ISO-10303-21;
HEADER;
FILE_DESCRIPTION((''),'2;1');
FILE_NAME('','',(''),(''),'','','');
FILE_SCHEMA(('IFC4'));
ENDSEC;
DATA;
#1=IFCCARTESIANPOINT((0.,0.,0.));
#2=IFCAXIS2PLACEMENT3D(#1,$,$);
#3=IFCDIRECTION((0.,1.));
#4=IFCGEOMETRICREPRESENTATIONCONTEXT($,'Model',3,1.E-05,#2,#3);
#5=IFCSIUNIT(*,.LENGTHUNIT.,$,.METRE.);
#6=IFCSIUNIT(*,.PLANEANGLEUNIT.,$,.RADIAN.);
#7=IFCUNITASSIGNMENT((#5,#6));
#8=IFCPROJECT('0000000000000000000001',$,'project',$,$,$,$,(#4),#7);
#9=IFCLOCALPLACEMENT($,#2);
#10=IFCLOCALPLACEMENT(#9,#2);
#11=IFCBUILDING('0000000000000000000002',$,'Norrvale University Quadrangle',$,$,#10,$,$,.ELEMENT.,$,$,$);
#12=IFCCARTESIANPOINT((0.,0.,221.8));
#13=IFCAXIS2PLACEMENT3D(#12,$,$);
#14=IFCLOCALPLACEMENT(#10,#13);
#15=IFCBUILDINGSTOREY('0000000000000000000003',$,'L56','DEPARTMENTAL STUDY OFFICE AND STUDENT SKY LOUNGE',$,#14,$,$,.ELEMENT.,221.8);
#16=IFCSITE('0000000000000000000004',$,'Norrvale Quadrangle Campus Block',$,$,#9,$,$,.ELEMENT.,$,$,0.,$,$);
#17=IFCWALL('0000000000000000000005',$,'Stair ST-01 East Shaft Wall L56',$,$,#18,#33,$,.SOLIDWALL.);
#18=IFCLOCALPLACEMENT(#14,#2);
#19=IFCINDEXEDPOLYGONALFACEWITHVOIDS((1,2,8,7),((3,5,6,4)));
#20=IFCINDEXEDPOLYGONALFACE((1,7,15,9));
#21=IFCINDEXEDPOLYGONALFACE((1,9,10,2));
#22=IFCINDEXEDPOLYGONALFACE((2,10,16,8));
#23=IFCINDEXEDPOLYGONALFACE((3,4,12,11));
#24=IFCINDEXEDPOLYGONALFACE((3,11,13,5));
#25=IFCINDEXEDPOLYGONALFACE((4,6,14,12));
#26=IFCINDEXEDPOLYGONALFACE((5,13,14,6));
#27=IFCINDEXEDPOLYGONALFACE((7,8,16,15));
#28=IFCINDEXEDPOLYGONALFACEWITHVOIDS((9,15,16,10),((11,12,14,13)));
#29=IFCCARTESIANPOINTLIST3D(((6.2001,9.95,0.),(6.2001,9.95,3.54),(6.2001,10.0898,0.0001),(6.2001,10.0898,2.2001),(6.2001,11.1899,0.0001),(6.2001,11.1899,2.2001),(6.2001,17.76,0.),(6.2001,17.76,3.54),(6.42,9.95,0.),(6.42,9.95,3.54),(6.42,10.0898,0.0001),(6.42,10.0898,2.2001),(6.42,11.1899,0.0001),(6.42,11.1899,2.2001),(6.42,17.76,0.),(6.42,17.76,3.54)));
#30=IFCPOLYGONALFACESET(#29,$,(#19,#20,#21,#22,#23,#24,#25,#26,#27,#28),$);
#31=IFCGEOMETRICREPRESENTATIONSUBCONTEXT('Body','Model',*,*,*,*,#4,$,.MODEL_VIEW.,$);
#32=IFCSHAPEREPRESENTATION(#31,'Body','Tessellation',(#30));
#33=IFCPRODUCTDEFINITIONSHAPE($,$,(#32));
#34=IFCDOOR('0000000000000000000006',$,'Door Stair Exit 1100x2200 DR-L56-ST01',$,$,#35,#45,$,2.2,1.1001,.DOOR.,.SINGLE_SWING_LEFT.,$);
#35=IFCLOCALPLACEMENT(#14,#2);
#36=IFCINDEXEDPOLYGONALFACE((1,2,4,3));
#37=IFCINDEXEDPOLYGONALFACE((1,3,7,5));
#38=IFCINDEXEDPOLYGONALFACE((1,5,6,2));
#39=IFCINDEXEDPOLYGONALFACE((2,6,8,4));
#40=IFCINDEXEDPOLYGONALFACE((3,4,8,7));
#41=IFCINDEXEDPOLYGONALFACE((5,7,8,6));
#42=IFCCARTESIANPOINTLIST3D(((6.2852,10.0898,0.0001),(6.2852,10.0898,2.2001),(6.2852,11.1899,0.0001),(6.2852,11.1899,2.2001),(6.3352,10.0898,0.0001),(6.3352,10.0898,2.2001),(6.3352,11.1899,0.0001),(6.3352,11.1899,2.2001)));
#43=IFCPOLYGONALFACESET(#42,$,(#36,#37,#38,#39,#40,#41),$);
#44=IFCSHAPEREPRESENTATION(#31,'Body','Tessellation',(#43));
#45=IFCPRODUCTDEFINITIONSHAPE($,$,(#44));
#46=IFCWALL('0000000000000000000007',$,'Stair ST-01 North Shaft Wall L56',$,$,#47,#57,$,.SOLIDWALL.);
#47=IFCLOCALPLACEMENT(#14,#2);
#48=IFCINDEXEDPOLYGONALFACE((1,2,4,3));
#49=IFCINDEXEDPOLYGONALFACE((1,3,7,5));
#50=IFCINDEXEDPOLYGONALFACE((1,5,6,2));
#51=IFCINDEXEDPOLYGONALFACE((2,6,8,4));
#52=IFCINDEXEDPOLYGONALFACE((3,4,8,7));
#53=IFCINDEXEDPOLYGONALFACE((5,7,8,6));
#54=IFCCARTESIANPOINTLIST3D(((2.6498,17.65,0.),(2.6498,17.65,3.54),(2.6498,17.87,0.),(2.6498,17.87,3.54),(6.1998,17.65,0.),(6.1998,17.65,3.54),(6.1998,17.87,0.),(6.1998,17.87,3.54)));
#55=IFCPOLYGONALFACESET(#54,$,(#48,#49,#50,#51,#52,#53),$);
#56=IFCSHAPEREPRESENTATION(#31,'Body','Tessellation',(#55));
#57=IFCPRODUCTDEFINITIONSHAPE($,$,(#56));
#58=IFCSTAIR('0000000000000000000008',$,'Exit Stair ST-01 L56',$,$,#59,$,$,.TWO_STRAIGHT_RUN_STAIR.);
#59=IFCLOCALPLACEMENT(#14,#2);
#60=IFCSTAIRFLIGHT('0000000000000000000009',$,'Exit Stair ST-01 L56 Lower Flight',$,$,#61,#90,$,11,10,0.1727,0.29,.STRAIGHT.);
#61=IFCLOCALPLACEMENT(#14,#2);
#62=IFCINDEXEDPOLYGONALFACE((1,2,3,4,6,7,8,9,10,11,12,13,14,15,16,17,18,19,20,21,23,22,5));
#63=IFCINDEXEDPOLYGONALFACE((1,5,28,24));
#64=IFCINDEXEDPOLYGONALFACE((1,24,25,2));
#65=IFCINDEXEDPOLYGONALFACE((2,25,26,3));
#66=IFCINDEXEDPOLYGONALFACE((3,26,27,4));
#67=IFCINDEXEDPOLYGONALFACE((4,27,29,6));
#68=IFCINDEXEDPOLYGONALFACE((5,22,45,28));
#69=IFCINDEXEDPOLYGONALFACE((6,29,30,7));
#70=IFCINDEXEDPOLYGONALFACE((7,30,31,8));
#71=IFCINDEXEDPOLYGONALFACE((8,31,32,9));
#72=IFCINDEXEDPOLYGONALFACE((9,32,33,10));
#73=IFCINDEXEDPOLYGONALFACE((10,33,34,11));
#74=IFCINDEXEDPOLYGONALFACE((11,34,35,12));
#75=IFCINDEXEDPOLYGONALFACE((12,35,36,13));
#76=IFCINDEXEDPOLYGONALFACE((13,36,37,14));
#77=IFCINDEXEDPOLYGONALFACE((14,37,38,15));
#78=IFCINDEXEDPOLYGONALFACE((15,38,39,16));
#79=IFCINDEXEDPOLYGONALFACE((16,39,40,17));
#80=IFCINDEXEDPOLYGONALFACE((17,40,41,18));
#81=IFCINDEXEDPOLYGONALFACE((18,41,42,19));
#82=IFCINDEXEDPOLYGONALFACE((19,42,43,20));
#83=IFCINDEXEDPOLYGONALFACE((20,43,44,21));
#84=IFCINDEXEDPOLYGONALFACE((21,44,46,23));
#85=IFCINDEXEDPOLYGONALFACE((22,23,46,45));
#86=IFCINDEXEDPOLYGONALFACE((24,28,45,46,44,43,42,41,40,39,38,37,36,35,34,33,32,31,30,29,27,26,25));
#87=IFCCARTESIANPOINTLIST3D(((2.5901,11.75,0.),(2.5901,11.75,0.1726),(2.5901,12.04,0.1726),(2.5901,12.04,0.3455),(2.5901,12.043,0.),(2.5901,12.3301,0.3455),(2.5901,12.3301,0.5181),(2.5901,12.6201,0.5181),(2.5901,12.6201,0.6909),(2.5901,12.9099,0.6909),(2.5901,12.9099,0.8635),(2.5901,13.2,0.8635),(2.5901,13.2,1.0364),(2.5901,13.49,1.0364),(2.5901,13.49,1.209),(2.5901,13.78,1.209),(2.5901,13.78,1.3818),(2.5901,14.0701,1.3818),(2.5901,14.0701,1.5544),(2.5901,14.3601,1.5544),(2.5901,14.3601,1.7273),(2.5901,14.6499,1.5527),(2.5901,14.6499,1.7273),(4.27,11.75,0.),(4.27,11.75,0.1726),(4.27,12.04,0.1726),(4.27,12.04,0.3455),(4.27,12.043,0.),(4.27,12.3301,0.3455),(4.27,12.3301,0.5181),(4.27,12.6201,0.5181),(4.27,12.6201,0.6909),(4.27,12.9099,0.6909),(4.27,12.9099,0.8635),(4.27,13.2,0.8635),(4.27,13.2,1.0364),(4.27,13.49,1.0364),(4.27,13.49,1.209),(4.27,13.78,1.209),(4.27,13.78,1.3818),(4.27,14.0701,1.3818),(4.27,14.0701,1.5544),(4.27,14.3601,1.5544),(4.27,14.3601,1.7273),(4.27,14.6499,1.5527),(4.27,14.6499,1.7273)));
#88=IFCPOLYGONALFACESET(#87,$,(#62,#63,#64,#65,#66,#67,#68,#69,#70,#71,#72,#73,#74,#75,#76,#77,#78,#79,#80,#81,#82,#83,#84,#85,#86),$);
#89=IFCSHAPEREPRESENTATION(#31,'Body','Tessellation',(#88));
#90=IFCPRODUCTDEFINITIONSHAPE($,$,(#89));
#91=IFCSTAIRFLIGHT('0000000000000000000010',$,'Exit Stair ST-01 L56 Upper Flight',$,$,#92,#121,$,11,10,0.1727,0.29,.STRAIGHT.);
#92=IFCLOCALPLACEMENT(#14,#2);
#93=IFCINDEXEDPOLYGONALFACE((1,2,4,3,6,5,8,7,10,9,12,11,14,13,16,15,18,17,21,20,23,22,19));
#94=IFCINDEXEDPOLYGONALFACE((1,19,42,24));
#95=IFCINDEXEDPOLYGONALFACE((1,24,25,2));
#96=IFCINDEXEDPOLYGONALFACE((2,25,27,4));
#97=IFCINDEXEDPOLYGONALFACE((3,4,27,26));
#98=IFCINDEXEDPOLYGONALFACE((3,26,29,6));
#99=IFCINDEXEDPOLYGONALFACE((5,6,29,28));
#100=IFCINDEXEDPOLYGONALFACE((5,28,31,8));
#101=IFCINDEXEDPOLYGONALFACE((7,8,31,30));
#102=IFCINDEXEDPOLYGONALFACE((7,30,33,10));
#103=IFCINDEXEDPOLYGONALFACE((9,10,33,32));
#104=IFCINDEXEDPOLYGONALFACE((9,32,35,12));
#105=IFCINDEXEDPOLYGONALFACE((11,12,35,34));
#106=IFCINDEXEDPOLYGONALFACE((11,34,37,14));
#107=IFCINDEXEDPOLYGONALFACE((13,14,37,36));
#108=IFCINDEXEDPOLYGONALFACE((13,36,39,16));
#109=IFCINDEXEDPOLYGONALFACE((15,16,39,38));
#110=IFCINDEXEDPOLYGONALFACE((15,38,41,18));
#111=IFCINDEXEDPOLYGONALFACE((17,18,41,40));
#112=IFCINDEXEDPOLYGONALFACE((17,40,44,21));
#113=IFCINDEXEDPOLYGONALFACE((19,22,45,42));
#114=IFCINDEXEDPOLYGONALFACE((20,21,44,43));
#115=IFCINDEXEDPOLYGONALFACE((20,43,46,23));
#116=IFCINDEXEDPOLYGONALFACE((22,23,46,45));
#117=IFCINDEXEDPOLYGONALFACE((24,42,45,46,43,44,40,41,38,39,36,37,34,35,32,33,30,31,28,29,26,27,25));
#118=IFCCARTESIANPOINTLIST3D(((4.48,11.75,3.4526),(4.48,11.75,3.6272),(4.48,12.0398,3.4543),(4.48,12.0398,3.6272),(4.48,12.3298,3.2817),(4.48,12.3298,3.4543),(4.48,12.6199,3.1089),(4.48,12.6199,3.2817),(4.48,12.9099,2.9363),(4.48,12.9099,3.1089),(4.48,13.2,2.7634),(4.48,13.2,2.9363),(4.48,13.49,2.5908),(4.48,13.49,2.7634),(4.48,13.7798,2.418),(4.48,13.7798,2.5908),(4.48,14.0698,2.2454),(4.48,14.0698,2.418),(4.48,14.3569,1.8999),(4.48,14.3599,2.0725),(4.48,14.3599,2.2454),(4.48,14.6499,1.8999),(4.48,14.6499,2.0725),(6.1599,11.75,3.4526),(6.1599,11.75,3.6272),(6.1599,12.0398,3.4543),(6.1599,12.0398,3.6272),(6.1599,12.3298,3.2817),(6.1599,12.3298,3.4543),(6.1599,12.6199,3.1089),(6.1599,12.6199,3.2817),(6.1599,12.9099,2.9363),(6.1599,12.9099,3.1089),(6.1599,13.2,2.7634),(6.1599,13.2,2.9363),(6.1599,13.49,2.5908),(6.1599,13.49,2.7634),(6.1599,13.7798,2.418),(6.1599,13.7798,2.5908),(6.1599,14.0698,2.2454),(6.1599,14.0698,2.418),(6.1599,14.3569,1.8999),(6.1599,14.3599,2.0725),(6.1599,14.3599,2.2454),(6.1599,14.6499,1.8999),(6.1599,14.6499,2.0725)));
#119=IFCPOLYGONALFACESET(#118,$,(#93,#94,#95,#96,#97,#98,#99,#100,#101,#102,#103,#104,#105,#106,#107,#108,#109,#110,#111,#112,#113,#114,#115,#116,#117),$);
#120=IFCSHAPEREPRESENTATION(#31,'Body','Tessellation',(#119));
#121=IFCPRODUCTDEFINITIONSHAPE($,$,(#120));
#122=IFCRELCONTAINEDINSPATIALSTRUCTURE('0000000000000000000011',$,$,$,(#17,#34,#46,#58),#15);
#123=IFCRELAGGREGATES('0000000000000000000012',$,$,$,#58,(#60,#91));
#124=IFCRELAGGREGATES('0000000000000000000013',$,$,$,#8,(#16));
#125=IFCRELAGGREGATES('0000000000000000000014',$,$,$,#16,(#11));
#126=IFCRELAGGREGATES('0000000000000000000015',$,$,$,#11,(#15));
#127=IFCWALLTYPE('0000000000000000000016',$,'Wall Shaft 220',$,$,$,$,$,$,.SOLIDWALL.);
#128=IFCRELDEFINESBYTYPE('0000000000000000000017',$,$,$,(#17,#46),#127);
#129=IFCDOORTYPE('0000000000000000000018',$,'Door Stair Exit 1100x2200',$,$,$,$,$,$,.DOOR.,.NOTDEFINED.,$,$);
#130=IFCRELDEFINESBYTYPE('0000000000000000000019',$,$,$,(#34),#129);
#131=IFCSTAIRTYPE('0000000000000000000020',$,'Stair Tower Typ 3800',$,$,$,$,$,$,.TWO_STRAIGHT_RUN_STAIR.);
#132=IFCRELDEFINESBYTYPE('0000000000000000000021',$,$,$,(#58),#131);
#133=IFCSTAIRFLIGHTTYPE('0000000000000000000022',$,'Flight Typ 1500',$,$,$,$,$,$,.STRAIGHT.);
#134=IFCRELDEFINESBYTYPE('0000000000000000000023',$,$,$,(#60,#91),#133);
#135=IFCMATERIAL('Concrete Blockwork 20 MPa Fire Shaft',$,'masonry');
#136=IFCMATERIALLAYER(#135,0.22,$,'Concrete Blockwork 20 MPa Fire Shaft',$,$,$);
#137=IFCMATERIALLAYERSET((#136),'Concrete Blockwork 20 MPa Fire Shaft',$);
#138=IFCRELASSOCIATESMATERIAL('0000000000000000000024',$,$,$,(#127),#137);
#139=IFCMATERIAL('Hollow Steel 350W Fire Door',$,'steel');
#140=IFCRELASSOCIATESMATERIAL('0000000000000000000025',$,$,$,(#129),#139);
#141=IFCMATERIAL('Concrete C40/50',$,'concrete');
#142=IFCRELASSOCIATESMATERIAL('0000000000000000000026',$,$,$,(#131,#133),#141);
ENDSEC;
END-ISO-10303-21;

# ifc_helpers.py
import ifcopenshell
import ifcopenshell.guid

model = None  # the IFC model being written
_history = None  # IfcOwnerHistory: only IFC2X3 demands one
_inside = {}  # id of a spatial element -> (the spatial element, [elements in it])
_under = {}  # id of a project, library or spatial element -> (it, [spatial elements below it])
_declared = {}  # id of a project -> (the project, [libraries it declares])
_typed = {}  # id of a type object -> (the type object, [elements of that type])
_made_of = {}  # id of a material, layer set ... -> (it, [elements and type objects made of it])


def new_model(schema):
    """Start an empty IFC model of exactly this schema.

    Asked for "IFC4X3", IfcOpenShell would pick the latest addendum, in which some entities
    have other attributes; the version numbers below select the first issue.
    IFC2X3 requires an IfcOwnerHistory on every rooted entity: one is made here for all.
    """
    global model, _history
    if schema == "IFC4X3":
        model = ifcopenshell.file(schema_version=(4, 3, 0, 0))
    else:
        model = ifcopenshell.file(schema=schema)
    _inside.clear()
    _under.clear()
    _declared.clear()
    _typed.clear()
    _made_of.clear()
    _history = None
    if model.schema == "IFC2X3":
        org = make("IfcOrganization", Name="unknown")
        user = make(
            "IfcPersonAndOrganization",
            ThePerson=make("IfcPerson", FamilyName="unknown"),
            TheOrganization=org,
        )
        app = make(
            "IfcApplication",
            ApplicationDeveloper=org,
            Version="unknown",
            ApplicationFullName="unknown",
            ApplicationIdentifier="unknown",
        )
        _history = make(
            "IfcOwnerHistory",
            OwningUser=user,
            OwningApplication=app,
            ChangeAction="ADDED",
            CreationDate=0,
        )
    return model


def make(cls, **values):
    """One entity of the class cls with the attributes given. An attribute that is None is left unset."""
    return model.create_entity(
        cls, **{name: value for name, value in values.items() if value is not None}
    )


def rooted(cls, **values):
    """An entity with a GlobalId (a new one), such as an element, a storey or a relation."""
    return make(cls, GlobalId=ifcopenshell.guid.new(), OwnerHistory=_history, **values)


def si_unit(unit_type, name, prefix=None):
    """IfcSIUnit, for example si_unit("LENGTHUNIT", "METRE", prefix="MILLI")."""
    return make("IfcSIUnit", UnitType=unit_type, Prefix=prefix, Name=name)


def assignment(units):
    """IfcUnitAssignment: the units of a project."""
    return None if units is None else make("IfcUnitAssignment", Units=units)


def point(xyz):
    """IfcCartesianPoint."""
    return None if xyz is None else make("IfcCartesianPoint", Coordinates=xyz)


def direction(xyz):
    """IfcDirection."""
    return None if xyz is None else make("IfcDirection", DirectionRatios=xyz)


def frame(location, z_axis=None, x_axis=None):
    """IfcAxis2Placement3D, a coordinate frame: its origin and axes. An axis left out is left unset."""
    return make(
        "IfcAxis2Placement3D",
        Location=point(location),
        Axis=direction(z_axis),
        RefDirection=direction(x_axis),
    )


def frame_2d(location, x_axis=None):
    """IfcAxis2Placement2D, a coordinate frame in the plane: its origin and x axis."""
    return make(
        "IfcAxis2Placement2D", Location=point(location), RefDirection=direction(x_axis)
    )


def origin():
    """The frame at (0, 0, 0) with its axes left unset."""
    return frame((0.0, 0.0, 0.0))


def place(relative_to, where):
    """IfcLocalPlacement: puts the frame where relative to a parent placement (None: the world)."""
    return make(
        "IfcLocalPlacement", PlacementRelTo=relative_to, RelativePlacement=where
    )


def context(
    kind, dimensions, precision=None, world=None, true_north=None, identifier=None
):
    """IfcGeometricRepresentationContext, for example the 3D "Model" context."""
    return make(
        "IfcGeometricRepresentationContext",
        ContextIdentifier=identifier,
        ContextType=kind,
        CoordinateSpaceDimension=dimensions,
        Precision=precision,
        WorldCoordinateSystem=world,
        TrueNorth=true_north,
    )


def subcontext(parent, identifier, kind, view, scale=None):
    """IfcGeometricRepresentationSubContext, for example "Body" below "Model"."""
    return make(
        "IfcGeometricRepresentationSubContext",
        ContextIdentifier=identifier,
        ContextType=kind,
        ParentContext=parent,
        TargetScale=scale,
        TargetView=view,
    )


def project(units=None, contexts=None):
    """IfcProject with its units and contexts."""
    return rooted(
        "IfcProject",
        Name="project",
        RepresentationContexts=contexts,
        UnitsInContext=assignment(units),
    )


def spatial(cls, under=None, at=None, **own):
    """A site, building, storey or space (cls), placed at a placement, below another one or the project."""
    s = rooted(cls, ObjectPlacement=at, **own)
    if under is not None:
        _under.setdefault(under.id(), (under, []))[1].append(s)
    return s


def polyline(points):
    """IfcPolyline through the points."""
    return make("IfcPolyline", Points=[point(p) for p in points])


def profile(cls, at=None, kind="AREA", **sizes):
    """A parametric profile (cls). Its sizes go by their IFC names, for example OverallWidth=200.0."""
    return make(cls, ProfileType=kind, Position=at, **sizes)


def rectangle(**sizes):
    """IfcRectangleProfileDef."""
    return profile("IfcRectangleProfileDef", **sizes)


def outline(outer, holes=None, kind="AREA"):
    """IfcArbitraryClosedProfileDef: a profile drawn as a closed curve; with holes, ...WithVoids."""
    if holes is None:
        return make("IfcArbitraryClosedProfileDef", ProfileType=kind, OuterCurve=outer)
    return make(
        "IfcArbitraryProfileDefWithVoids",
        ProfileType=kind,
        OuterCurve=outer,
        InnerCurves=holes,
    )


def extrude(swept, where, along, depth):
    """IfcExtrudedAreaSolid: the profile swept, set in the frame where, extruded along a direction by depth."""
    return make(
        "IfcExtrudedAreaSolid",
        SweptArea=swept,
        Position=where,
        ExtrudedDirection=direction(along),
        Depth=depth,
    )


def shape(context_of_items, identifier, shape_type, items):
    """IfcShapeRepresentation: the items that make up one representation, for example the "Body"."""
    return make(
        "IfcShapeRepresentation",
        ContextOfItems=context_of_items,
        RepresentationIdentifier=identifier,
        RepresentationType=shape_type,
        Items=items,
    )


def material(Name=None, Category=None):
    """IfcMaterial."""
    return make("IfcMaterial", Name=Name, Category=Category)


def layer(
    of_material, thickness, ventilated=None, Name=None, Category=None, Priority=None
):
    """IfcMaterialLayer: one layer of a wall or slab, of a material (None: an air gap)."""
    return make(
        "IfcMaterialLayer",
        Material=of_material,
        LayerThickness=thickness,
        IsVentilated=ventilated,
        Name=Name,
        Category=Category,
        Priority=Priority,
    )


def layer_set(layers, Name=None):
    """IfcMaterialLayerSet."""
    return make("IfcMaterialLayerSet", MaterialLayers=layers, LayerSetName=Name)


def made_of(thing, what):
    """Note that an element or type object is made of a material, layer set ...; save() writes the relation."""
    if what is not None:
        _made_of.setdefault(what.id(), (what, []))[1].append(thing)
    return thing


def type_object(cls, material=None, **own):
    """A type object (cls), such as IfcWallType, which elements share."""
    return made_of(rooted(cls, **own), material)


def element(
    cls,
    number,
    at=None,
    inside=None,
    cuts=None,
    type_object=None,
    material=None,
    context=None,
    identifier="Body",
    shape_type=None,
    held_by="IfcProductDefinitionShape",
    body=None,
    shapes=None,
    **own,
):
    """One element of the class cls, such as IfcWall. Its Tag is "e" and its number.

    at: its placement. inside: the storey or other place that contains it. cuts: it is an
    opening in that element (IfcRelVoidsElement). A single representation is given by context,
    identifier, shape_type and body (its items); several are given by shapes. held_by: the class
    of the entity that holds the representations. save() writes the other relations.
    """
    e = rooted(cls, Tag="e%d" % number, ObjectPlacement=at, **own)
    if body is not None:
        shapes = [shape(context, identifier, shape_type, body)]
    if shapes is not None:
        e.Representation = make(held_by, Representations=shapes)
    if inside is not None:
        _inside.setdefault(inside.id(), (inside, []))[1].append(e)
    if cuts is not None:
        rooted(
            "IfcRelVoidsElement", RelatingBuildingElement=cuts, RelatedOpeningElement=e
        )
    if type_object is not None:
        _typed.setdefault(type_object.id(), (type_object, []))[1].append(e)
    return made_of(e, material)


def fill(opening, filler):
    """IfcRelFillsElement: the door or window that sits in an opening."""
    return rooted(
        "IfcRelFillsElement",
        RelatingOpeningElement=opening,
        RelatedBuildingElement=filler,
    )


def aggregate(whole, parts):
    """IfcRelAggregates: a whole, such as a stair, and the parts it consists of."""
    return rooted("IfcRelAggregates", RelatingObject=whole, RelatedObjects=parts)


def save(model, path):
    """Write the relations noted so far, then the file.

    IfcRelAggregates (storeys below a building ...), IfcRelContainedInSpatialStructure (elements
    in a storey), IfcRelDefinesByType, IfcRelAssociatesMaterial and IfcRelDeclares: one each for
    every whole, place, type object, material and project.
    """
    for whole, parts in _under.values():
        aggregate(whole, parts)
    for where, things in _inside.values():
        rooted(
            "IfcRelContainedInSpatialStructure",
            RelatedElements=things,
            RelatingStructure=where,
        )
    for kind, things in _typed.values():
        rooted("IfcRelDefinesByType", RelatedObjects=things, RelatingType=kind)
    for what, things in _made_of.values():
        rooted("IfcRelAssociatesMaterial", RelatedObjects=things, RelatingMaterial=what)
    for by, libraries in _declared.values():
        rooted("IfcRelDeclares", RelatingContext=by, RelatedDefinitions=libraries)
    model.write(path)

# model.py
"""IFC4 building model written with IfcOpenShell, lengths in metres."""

from ifc_helpers import new_model, si_unit, direction, frame, frame_2d, origin, place, context, subcontext, project, spatial, polyline, rectangle, outline, extrude, material, layer, layer_set, type_object, element, fill, aggregate, save


model = new_model("IFC4")

# Units and contexts
model_context = context("Model", 3, precision=1e-05, world=origin(), true_north=direction((0.0, 1.0)))
body_context = subcontext(model_context, "Body", "Model", "MODEL_VIEW")
ifc_project = project(units=[si_unit("LENGTHUNIT", "METRE"), si_unit("PLANEANGLEUNIT", "RADIAN")], contexts=[model_context])

# Site, building, storey
site_placement = place(None, origin())
site = spatial("IfcSite", under=ifc_project, at=site_placement, Name="Norrvale Quadrangle Campus Block", CompositionType="ELEMENT", RefElevation=0.0)
building_placement = place(site_placement, origin())
building = spatial("IfcBuilding", under=site, at=building_placement, Name="Norrvale University Quadrangle", CompositionType="ELEMENT")
storey_placement = place(building_placement, frame((0.0, 0.0, 221.8)))
storey = spatial("IfcBuildingStorey", under=building, at=storey_placement, Name="L56", Description="DEPARTMENTAL STUDY OFFICE AND STUDENT SKY LOUNGE", CompositionType="ELEMENT", Elevation=221.8)

# Wall, opening, door
ifc_material_1 = material(Name="Concrete Blockwork 20 MPa Fire Shaft", Category="masonry")
ifc_layer_1 = layer(ifc_material_1, 0.22, Name="Concrete Blockwork 20 MPa Fire Shaft")
ifc_layer_set_1 = layer_set([ifc_layer_1], Name="Concrete Blockwork 20 MPa Fire Shaft")
wall_type_1 = type_object("IfcWallType", Name="Wall Shaft 220", PredefinedType="SOLIDWALL", material=ifc_layer_set_1)
wall_1_placement = place(storey_placement, frame((6.3101, 9.95, 0.0), z_axis=(0.0, 0.0, 1.0), x_axis=(0.0, 1.0, 0.0)))
wall_1 = element("IfcWall", 1, at=wall_1_placement, inside=storey, type_object=wall_type_1, Name="Stair ST-01 East Shaft Wall L56", PredefinedType="SOLIDWALL", context=body_context, shape_type="SweptSolid", body=[
    extrude(rectangle(XDim=7.8101, YDim=0.22, at=frame_2d((3.905, 0.0))), origin(), (0.0, 0.0, 1.0), 3.54),
])
opening_1_placement = place(wall_1_placement, frame((0.1399, 0.0, 0.0)))
opening_1 = element("IfcOpeningElement", 2, at=opening_1_placement, cuts=wall_1, PredefinedType="OPENING", context=body_context, shape_type="SweptSolid", body=[
    extrude(rectangle(XDim=1.1001, YDim=2.2, at=frame_2d((0.55, 1.1001))), frame((0.0, 0.1221, 0.0), z_axis=(0.0, -1.0, 0.0), x_axis=(1.0, 0.0, 0.0)), (0.0, 0.0, 1.0), 0.2439),
])
ifc_material_2 = material(Name="Hollow Steel 350W Fire Door", Category="steel")
door_type_1 = type_object("IfcDoorType", Name="Door Stair Exit 1100x2200", OperationType="NOTDEFINED", PredefinedType="DOOR", material=ifc_material_2)
door_1_placement = place(opening_1_placement, origin())
door_1 = element("IfcDoor", 3, at=door_1_placement, inside=storey, type_object=door_type_1, Name="Door Stair Exit 1100x2200 DR-L56-ST01", OperationType="SINGLE_SWING_LEFT", OverallHeight=2.2, OverallWidth=1.1001, PredefinedType="DOOR", context=body_context, shape_type="SweptSolid", body=[
    extrude(rectangle(XDim=1.1001, YDim=2.2, at=frame_2d((0.55, 1.1001))), frame((0.0, 0.0249, 0.0), z_axis=(0.0, -1.0, 0.0), x_axis=(1.0, 0.0, 0.0)), (0.0, 0.0, 1.0), 0.05),
])
fill(opening_1, door_1)

# Wall
wall_2_placement = place(storey_placement, frame((2.6499, 17.76, 0.0), z_axis=(0.0, 0.0, 1.0), x_axis=(1.0, 0.0, 0.0)))
element("IfcWall", 4, at=wall_2_placement, inside=storey, type_object=wall_type_1, Name="Stair ST-01 North Shaft Wall L56", PredefinedType="SOLIDWALL", context=body_context, shape_type="SweptSolid", body=[
    extrude(rectangle(XDim=3.55, YDim=0.22, at=frame_2d((1.7749, 0.0))), origin(), (0.0, 0.0, 1.0), 3.54),
])

# Stair, stair flights
ifc_material_3 = material(Name="Concrete C40/50", Category="concrete")
stair_type = type_object("IfcStairType", Name="Stair Tower Typ 3800", PredefinedType="TWO_STRAIGHT_RUN_STAIR", material=ifc_material_3)
stair_placement = place(storey_placement, origin())
stair = element("IfcStair", 5, at=stair_placement, inside=storey, type_object=stair_type, Name="Exit Stair ST-01 L56", PredefinedType="TWO_STRAIGHT_RUN_STAIR")
stair_flight_type = type_object("IfcStairFlightType", Name="Flight Typ 1500", PredefinedType="STRAIGHT", material=ifc_material_3)
stair_flight_1_placement = place(storey_placement, frame((3.4299, 11.75, 0.0), z_axis=(0.0, 0.0, 1.0), x_axis=(0.0, 1.0, 0.0)))
stair_flight_1 = element("IfcStairFlight", 6, at=stair_flight_1_placement, type_object=stair_flight_type, Name="Exit Stair ST-01 L56 Lower Flight", NumberOfRisers=11, NumberOfTreads=10, PredefinedType="STRAIGHT", RiserHeight=0.1727, TreadLength=0.29, context=body_context, shape_type="SweptSolid", body=[
    extrude(outline(polyline([(0.0, 0.0), (0.0, 0.1726), (0.29, 0.1726), (0.29, 0.3455), (0.5801, 0.3455), (0.5801, 0.5181), (0.8701, 0.5181), (0.8701, 0.6909), (1.1599, 0.6909), (1.1599, 0.8635), (1.45, 0.8635), (1.45, 1.0364), (1.74, 1.0364), (1.74, 1.209), (2.03, 1.209), (2.03, 1.3818), (2.3201, 1.3818), (2.3201, 1.5544), (2.6101, 1.5544), (2.6101, 1.7273), (2.8999, 1.7273), (2.8999, 1.8999), (2.8999, 1.5527), (0.293, 0.0), (0.0, 0.0)])), frame((0.0, 0.8398, 0.0), z_axis=(0.0, -1.0, 0.0), x_axis=(1.0, 0.0, 0.0)), (0.0, 0.0, 1.0), 1.6799),
])
stair_flight_2_placement = place(storey_placement, frame((5.3201, 14.6499, 1.8999), z_axis=(0.0, 0.0, 1.0), x_axis=(0.0, -1.0, 0.0)))
stair_flight_2 = element("IfcStairFlight", 7, at=stair_flight_2_placement, type_object=stair_flight_type, Name="Exit Stair ST-01 L56 Upper Flight", NumberOfRisers=11, NumberOfTreads=10, PredefinedType="STRAIGHT", RiserHeight=0.1727, TreadLength=0.29, context=body_context, shape_type="SweptSolid", body=[
    extrude(outline(polyline([(0.0, 0.0), (0.0, 0.1726), (0.29, 0.1726), (0.29, 0.3455), (0.5801, 0.3455), (0.5801, 0.5181), (0.8701, 0.5181), (0.8701, 0.6909), (1.1599, 0.6909), (1.1599, 0.8635), (1.45, 0.8635), (1.45, 1.0364), (1.74, 1.0364), (1.74, 1.209), (2.03, 1.209), (2.03, 1.3818), (2.3201, 1.3818), (2.3201, 1.5544), (2.6101, 1.5544), (2.6101, 1.7273), (2.8999, 1.7273), (2.8999, 1.8999), (2.8999, 1.5527), (0.293, 0.0), (0.0, 0.0)])), frame((0.0, 0.8398, 0.0), z_axis=(0.0, -1.0, 0.0), x_axis=(1.0, 0.0, 0.0)), (0.0, 0.0, 1.0), 1.6799),
])
aggregate(stair, [stair_flight_1, stair_flight_2])

save(model, "model.ifc")
